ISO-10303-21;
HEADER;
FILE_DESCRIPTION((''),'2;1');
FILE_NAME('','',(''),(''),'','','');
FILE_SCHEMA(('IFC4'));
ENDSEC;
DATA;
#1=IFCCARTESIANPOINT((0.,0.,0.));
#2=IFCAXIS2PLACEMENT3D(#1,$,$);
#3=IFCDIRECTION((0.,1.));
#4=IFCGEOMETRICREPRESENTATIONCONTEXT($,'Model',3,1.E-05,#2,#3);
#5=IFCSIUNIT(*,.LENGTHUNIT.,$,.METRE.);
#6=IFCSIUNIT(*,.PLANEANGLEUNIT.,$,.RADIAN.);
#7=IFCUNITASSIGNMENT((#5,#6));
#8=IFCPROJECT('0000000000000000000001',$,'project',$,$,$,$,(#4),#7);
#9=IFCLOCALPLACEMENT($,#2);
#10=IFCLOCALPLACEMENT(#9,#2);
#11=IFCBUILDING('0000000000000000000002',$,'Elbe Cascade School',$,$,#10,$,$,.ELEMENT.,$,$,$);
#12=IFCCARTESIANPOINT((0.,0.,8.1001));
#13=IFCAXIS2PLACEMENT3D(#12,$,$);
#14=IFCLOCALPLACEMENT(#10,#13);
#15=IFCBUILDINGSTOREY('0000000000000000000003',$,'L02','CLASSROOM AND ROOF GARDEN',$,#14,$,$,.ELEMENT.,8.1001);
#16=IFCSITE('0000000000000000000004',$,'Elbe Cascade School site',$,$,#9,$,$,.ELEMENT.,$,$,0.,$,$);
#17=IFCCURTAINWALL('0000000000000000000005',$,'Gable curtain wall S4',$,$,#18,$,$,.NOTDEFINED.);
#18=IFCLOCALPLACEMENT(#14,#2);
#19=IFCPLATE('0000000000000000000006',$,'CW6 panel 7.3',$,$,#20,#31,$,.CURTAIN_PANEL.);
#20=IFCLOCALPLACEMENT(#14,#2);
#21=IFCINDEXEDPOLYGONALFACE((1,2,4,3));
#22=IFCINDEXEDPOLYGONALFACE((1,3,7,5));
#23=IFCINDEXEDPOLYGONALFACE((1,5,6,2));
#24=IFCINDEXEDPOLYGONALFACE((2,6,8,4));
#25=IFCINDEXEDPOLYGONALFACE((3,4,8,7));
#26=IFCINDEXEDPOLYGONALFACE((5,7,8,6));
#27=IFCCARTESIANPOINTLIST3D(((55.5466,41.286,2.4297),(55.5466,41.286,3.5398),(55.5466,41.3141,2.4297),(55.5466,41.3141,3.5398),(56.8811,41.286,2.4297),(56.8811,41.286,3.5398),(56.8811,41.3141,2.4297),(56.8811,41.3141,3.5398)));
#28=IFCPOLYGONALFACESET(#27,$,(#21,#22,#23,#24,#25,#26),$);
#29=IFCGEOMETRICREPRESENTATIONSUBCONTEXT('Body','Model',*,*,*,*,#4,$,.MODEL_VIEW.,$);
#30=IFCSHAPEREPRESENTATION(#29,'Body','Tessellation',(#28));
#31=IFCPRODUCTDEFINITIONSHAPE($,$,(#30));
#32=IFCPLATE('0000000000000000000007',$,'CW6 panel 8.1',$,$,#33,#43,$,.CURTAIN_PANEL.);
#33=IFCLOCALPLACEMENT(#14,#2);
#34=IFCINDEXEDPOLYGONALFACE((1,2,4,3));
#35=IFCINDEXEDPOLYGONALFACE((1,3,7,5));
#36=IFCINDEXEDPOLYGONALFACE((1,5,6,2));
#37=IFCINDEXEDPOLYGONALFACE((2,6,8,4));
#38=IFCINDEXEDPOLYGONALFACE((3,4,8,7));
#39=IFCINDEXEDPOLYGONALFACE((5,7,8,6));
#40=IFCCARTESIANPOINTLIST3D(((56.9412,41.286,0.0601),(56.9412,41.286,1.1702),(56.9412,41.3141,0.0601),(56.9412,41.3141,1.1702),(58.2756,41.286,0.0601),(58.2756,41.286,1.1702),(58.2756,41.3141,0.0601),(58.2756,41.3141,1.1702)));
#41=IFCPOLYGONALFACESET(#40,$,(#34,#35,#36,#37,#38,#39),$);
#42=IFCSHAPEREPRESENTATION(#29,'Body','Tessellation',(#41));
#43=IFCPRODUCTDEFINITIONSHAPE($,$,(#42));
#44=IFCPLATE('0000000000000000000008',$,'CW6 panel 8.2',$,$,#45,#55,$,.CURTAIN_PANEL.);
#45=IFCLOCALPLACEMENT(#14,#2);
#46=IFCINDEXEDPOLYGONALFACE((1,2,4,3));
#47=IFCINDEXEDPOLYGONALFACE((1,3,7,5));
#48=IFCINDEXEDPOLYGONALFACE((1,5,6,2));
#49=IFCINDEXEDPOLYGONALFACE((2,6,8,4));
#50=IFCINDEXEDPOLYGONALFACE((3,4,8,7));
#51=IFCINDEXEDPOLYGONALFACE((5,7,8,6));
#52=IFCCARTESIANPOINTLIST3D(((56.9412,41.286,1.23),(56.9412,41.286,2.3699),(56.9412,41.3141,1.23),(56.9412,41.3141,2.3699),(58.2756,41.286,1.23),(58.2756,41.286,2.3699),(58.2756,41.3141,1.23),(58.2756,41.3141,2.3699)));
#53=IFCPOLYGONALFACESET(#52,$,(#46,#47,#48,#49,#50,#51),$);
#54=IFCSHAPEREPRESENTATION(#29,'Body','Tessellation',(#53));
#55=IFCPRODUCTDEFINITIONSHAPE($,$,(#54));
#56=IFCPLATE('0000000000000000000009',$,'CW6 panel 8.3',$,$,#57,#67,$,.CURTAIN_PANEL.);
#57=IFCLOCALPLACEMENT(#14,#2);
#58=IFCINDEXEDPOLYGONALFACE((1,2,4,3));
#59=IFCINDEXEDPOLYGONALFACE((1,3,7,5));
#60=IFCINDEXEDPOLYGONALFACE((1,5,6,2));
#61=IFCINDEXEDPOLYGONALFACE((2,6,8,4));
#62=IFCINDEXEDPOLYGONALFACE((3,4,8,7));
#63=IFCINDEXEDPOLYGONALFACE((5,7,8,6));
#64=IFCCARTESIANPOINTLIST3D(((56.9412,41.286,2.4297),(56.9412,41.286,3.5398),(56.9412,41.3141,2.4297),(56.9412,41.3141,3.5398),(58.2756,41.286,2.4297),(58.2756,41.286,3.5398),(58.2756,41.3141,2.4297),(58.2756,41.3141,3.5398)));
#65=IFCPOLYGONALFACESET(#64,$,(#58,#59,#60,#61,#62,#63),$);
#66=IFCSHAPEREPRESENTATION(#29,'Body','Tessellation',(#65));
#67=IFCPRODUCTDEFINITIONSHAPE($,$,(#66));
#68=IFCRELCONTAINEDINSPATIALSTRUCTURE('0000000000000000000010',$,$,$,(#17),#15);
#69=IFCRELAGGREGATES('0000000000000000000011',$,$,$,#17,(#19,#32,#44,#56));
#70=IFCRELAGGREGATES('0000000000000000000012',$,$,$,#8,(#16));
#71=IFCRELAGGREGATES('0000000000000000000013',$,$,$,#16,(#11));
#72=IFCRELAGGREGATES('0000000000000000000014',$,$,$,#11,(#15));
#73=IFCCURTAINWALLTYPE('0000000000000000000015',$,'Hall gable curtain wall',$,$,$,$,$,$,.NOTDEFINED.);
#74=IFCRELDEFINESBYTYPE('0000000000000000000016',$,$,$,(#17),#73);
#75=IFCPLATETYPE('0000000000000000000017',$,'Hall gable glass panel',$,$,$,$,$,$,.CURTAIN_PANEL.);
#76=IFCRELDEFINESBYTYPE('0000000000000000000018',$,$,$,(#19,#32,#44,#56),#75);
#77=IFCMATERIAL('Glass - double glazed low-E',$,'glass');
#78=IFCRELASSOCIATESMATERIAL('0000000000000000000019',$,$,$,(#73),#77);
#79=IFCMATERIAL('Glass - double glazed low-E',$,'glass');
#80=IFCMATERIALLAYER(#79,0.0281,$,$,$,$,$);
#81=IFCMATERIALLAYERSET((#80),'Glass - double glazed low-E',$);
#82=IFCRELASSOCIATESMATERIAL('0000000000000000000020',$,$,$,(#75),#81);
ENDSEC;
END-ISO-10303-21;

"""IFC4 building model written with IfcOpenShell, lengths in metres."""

from ifc_helpers import new_model, si_unit, direction, frame, origin, origin_2d, place, context, subcontext, project, spatial, rectangle, extrude, material, layer, layer_set, type_object, element, aggregate, save


model = new_model("IFC4")

# Units and contexts
model_context = context("Model", 3, precision=1e-05, world=origin(), true_north=direction((0.0, 1.0)))
body_context = subcontext(model_context, "Body", "Model", "MODEL_VIEW")
ifc_project = project(units=[si_unit("LENGTHUNIT", "METRE"), si_unit("PLANEANGLEUNIT", "RADIAN")], contexts=[model_context])

# Site, building, storey
site_placement = place(None, origin())
site = spatial("IfcSite", under=ifc_project, at=site_placement, Name="Elbe Cascade School site", CompositionType="ELEMENT", RefElevation=0.0)
building_placement = place(site_placement, origin())
building = spatial("IfcBuilding", under=site, at=building_placement, Name="Elbe Cascade School", CompositionType="ELEMENT")
storey_placement = place(building_placement, frame((0.0, 0.0, 8.1001)))
storey = spatial("IfcBuildingStorey", under=building, at=storey_placement, Name="L02", Description="CLASSROOM AND ROOF GARDEN", CompositionType="ELEMENT", Elevation=8.1001)

# Curtain wall, plates
ifc_material_1 = material(Name="Glass - double glazed low-E", Category="glass")
curtain_wall_type = type_object("IfcCurtainWallType", Name="Hall gable curtain wall", PredefinedType="NOTDEFINED", material=ifc_material_1)
curtain_wall_placement = place(storey_placement, origin())
curtain_wall = element("IfcCurtainWall", 1, at=curtain_wall_placement, inside=storey, type_object=curtain_wall_type, Name="Gable curtain wall S4", PredefinedType="NOTDEFINED")
ifc_material_2 = material(Name="Glass - double glazed low-E", Category="glass")
ifc_layer = layer(ifc_material_2, 0.0281)
ifc_layer_set = layer_set([ifc_layer], Name="Glass - double glazed low-E")
plate_type = type_object("IfcPlateType", Name="Hall gable glass panel", PredefinedType="CURTAIN_PANEL", material=ifc_layer_set)
plate_1_placement = place(storey_placement, frame((56.2139, 41.3, 2.4297), z_axis=(0.0, 0.0, 1.0), x_axis=(1.0, 0.0, 0.0)))
plate_1 = element("IfcPlate", 2, at=plate_1_placement, type_object=plate_type, Name="CW6 panel 7.3", PredefinedType="CURTAIN_PANEL", context=body_context, shape_type="SweptSolid", body=[
    extrude(rectangle(XDim=1.3345, YDim=0.0281, at=origin_2d()), origin(), (0.0, 0.0, 1.0), 1.1101),
])
plate_2_placement = place(storey_placement, frame((57.6084, 41.3, 0.0601), z_axis=(0.0, 0.0, 1.0), x_axis=(1.0, 0.0, 0.0)))
plate_2 = element("IfcPlate", 3, at=plate_2_placement, type_object=plate_type, Name="CW6 panel 8.1", PredefinedType="CURTAIN_PANEL", context=body_context, shape_type="SweptSolid", body=[
    extrude(rectangle(XDim=1.3345, YDim=0.0281, at=origin_2d()), origin(), (0.0, 0.0, 1.0), 1.1101),
])
plate_3_placement = place(storey_placement, frame((57.6084, 41.3, 1.23), z_axis=(0.0, 0.0, 1.0), x_axis=(1.0, 0.0, 0.0)))
plate_3 = element("IfcPlate", 4, at=plate_3_placement, type_object=plate_type, Name="CW6 panel 8.2", PredefinedType="CURTAIN_PANEL", context=body_context, shape_type="SweptSolid", body=[
    extrude(rectangle(XDim=1.3345, YDim=0.0281, at=origin_2d()), origin(), (0.0, 0.0, 1.0), 1.1399),
])
plate_4_placement = place(storey_placement, frame((57.6084, 41.3, 2.4297), z_axis=(0.0, 0.0, 1.0), x_axis=(1.0, 0.0, 0.0)))
plate_4 = element("IfcPlate", 5, at=plate_4_placement, type_object=plate_type, Name="CW6 panel 8.3", PredefinedType="CURTAIN_PANEL", context=body_context, shape_type="SweptSolid", body=[
    extrude(rectangle(XDim=1.3345, YDim=0.0281, at=origin_2d()), origin(), (0.0, 0.0, 1.0), 1.1101),
])
aggregate(curtain_wall, [plate_1, plate_2, plate_3, plate_4])

save(model, "model.ifc")
